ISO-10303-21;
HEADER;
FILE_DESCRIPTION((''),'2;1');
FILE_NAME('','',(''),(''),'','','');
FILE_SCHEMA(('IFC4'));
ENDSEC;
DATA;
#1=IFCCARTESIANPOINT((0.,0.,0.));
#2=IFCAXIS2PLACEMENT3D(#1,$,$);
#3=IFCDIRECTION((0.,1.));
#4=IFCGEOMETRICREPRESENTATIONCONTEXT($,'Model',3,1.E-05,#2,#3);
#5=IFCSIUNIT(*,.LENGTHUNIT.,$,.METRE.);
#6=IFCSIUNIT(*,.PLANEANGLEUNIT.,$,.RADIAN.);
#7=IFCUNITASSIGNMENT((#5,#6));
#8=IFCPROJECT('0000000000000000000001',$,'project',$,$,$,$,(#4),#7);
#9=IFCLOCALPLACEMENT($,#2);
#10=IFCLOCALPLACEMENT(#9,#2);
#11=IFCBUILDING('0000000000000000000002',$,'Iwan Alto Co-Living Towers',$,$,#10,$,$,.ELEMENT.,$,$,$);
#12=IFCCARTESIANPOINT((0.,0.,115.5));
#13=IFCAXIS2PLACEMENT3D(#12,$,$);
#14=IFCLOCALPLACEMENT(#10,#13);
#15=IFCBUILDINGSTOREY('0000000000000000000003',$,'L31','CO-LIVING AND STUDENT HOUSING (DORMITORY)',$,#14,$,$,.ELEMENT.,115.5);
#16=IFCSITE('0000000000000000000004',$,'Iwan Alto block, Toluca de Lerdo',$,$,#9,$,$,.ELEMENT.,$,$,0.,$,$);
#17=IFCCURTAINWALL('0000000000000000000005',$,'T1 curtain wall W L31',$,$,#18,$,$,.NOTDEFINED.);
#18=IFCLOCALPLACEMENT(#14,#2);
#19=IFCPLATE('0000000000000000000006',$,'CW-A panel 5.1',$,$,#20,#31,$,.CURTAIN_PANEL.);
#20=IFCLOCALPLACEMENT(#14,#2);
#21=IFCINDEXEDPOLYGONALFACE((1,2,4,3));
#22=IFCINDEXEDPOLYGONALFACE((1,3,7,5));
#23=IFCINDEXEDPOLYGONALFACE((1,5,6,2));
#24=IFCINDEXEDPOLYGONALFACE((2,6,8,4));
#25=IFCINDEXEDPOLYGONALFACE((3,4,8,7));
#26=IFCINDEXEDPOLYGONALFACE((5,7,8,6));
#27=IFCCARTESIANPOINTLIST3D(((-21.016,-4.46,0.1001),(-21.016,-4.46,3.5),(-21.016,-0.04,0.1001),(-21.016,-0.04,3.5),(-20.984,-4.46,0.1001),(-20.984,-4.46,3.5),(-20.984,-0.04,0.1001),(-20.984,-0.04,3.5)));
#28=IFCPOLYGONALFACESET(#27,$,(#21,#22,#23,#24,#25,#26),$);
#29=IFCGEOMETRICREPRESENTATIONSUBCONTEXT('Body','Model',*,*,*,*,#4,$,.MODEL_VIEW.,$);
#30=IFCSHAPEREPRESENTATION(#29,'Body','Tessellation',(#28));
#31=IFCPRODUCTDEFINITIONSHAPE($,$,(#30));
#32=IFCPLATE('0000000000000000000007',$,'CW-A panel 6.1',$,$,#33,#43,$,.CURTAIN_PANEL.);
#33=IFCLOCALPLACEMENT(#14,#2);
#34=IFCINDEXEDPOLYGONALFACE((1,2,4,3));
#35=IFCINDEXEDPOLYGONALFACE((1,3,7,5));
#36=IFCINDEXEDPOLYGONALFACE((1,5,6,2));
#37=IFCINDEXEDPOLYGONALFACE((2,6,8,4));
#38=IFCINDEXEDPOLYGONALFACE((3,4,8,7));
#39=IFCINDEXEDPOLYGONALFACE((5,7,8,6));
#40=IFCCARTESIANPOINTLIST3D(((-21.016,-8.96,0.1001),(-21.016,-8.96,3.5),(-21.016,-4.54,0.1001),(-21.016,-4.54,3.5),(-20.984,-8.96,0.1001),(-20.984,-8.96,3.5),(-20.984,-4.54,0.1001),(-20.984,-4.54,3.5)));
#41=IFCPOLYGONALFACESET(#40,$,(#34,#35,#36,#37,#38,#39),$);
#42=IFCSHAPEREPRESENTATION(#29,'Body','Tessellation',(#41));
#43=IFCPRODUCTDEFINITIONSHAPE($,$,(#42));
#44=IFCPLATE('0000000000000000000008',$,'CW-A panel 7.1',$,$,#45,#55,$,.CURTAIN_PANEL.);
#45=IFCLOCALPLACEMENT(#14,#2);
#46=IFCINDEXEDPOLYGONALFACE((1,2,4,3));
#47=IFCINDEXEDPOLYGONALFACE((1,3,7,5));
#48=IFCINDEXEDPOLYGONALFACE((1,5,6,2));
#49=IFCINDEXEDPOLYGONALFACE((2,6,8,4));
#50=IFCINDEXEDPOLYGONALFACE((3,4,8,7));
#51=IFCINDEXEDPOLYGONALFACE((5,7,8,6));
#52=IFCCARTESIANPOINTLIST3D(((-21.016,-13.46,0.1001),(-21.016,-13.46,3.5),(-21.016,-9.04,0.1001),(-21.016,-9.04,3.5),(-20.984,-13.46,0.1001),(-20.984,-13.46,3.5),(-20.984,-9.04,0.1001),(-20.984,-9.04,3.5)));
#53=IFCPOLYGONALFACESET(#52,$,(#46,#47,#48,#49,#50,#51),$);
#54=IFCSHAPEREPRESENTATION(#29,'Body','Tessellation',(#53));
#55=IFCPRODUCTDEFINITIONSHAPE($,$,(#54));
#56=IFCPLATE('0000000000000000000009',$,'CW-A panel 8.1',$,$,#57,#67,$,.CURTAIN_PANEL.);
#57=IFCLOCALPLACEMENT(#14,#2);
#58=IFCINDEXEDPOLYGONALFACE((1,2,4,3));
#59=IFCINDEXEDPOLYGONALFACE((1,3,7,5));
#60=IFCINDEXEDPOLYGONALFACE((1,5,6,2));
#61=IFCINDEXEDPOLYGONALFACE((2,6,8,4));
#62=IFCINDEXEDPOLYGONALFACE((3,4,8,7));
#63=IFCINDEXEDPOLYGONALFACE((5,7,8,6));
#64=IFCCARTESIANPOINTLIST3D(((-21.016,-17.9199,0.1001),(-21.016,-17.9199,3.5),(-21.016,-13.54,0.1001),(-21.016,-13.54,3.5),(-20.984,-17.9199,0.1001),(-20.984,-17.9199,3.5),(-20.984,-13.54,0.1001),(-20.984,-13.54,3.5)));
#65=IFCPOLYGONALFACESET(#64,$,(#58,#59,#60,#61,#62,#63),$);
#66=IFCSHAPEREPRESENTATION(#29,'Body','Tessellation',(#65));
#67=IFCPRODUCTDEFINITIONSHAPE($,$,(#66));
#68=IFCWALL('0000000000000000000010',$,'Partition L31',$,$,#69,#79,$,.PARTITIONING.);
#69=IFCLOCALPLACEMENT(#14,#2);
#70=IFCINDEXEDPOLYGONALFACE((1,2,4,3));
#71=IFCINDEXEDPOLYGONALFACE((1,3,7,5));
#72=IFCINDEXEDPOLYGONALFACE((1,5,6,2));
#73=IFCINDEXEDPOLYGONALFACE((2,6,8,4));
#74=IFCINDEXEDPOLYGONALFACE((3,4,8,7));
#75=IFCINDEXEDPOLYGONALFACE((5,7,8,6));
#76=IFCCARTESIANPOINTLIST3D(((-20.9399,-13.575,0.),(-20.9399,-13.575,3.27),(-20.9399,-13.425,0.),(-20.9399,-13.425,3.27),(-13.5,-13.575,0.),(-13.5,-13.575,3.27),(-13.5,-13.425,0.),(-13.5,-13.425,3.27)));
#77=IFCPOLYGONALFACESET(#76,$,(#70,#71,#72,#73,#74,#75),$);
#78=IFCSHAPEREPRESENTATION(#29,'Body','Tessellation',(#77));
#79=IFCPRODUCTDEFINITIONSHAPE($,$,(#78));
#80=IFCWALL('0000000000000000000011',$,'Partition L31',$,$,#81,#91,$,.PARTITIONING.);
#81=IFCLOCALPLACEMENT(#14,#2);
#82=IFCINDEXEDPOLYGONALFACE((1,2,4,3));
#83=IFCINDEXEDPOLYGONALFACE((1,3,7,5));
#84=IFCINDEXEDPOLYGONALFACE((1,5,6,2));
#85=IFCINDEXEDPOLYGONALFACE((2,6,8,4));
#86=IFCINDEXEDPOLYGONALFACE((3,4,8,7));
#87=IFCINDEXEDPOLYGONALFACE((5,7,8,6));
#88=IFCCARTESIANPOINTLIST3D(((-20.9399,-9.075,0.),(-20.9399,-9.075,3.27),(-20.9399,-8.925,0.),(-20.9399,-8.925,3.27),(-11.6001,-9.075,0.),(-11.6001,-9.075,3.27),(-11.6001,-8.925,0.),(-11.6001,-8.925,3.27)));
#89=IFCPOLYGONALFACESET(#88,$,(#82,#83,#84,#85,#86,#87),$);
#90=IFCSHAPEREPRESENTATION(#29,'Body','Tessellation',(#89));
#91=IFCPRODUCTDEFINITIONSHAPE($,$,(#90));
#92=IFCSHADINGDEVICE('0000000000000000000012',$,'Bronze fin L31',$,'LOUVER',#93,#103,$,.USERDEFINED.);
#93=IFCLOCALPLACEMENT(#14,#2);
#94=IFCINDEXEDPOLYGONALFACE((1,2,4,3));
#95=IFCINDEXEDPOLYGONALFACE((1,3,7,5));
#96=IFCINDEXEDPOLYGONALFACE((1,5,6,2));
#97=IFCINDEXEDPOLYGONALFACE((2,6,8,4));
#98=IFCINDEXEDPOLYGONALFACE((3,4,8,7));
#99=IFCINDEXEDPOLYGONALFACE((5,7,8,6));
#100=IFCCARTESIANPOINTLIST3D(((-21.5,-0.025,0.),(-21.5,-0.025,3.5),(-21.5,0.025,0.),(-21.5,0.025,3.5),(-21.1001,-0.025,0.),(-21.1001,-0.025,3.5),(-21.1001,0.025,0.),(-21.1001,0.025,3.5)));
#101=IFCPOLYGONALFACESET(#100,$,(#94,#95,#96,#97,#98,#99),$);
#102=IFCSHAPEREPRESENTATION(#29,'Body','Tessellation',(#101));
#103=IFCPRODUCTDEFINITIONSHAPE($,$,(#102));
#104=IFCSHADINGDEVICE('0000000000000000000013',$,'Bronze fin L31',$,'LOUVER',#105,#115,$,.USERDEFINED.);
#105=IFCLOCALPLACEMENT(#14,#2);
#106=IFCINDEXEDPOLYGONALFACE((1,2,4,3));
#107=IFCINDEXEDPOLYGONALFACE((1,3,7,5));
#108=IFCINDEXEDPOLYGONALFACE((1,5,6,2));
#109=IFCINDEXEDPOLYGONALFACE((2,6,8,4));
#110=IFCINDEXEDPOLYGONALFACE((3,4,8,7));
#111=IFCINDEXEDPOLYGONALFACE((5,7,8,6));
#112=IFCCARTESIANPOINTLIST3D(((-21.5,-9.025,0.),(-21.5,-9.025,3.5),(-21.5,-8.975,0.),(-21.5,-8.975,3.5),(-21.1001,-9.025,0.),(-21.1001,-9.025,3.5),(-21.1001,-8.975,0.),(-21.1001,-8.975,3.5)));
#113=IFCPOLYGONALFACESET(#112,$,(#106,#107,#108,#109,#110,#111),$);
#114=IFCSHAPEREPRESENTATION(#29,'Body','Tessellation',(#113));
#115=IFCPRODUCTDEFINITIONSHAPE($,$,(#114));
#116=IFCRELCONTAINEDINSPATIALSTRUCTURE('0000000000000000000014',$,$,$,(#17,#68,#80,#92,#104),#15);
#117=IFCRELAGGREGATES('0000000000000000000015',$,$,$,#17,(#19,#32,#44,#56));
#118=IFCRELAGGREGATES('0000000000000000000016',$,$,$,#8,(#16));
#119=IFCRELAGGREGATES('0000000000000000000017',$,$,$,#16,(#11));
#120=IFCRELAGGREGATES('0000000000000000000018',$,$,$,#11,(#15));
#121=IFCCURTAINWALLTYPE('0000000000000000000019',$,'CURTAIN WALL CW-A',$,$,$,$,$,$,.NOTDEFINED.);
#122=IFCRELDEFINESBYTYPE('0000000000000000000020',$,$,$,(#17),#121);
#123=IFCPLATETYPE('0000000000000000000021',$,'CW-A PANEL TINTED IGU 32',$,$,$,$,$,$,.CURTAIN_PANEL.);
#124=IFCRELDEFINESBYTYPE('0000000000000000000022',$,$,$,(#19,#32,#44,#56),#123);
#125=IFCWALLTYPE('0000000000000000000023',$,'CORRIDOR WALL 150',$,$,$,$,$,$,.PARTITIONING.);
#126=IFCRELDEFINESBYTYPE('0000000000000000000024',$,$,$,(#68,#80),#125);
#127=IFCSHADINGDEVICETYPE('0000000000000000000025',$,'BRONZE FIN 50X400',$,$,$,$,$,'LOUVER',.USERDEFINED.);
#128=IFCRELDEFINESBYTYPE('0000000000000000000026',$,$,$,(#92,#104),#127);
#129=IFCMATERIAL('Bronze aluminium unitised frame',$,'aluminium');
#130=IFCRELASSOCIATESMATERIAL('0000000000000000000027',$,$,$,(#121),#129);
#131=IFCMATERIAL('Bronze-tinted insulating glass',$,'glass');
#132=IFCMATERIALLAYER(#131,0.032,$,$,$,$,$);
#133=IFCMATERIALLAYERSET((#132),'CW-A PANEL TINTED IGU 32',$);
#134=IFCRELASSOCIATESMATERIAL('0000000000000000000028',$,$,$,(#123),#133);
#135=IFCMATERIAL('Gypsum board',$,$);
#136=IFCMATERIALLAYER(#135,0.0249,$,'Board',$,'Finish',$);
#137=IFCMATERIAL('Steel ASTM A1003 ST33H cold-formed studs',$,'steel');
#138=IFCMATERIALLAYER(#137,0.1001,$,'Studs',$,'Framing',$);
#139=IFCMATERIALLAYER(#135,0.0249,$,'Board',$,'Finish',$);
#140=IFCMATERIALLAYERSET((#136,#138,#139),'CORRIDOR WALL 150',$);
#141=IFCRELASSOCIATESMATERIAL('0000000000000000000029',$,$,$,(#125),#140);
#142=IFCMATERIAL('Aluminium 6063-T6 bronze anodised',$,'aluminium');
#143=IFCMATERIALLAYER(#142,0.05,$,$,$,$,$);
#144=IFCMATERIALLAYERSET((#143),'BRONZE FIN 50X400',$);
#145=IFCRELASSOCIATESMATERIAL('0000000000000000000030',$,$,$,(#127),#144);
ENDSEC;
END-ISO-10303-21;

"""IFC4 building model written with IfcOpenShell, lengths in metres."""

from ifc_helpers import new_model, si_unit, direction, frame, frame_2d, origin, origin_2d, place, context, subcontext, project, spatial, rectangle, extrude, material, layer, layer_set, type_object, element, aggregate, save


model = new_model("IFC4")

# Units and contexts
model_context = context("Model", 3, precision=1e-05, world=origin(), true_north=direction((0.0, 1.0)))
body_context = subcontext(model_context, "Body", "Model", "MODEL_VIEW")
ifc_project = project(units=[si_unit("LENGTHUNIT", "METRE"), si_unit("PLANEANGLEUNIT", "RADIAN")], contexts=[model_context])

# Site, building, storey
site_placement = place(None, origin())
site = spatial("IfcSite", under=ifc_project, at=site_placement, Name="Iwan Alto block, Toluca de Lerdo", CompositionType="ELEMENT", RefElevation=0.0)
building_placement = place(site_placement, origin())
building = spatial("IfcBuilding", under=site, at=building_placement, Name="Iwan Alto Co-Living Towers", CompositionType="ELEMENT")
storey_placement = place(building_placement, frame((0.0, 0.0, 115.5)))
storey = spatial("IfcBuildingStorey", under=building, at=storey_placement, Name="L31", Description="CO-LIVING AND STUDENT HOUSING (DORMITORY)", CompositionType="ELEMENT", Elevation=115.5)

# Curtain wall
ifc_material_1 = material(Name="Bronze aluminium unitised frame", Category="aluminium")
curtain_wall_type = type_object("IfcCurtainWallType", Name="CURTAIN WALL CW-A", PredefinedType="NOTDEFINED", material=ifc_material_1)
curtain_wall_placement = place(storey_placement, origin())
curtain_wall = element("IfcCurtainWall", 1, at=curtain_wall_placement, inside=storey, type_object=curtain_wall_type, Name="T1 curtain wall W L31", PredefinedType="NOTDEFINED")

# Plates
ifc_material_2 = material(Name="Bronze-tinted insulating glass", Category="glass")
ifc_layer_1 = layer(ifc_material_2, 0.032)
ifc_layer_set_1 = layer_set([ifc_layer_1], Name="CW-A PANEL TINTED IGU 32")
plate_type = type_object("IfcPlateType", Name="CW-A PANEL TINTED IGU 32", PredefinedType="CURTAIN_PANEL", material=ifc_layer_set_1)
plate_1_placement = place(storey_placement, frame((-21.0, -2.25, 0.1001), z_axis=(0.0, 0.0, 1.0), x_axis=(0.0, -1.0, 0.0)))
plate_1 = element("IfcPlate", 2, at=plate_1_placement, type_object=plate_type, Name="CW-A panel 5.1", PredefinedType="CURTAIN_PANEL", context=body_context, shape_type="SweptSolid", body=[
    extrude(rectangle(XDim=4.4199, YDim=0.032, at=origin_2d()), origin(), (0.0, 0.0, 1.0), 3.3999),
])
plate_2_placement = place(storey_placement, frame((-21.0, -6.75, 0.1001), z_axis=(0.0, 0.0, 1.0), x_axis=(0.0, -1.0, 0.0)))
plate_2 = element("IfcPlate", 3, at=plate_2_placement, type_object=plate_type, Name="CW-A panel 6.1", PredefinedType="CURTAIN_PANEL", context=body_context, shape_type="SweptSolid", body=[
    extrude(rectangle(XDim=4.4199, YDim=0.032, at=origin_2d()), origin(), (0.0, 0.0, 1.0), 3.3999),
])
plate_3_placement = place(storey_placement, frame((-21.0, -11.25, 0.1001), z_axis=(0.0, 0.0, 1.0), x_axis=(0.0, -1.0, 0.0)))
plate_3 = element("IfcPlate", 4, at=plate_3_placement, type_object=plate_type, Name="CW-A panel 7.1", PredefinedType="CURTAIN_PANEL", context=body_context, shape_type="SweptSolid", body=[
    extrude(rectangle(XDim=4.4199, YDim=0.032, at=origin_2d()), origin(), (0.0, 0.0, 1.0), 3.3999),
])
plate_4_placement = place(storey_placement, frame((-21.0, -15.73, 0.1001), z_axis=(0.0, 0.0, 1.0), x_axis=(0.0, -1.0, 0.0)))
plate_4 = element("IfcPlate", 5, at=plate_4_placement, type_object=plate_type, Name="CW-A panel 8.1", PredefinedType="CURTAIN_PANEL", context=body_context, shape_type="SweptSolid", body=[
    extrude(rectangle(XDim=4.3799, YDim=0.032, at=origin_2d()), origin(), (0.0, 0.0, 1.0), 3.3999),
])
aggregate(curtain_wall, [plate_1, plate_2, plate_3, plate_4])

# Walls
ifc_material_3 = material(Name="Gypsum board")
ifc_layer_2 = layer(ifc_material_3, 0.0249, Name="Board", Category="Finish")
ifc_material_4 = material(Name="Steel ASTM A1003 ST33H cold-formed studs", Category="steel")
ifc_layer_3 = layer(ifc_material_4, 0.1001, Name="Studs", Category="Framing")
ifc_layer_4 = layer(ifc_material_3, 0.0249, Name="Board", Category="Finish")
ifc_layer_set_2 = layer_set([ifc_layer_2, ifc_layer_3, ifc_layer_4], Name="CORRIDOR WALL 150")
wall_type = type_object("IfcWallType", Name="CORRIDOR WALL 150", PredefinedType="PARTITIONING", material=ifc_layer_set_2)
wall_1_placement = place(storey_placement, frame((-20.9399, -13.5, 0.0), z_axis=(0.0, 0.0, 1.0), x_axis=(1.0, 0.0, 0.0)))
element("IfcWall", 6, at=wall_1_placement, inside=storey, type_object=wall_type, Name="Partition L31", PredefinedType="PARTITIONING", context=body_context, shape_type="SweptSolid", body=[
    extrude(rectangle(XDim=7.4399, YDim=0.1499, at=frame_2d((3.72, 0.0))), origin(), (0.0, 0.0, 1.0), 3.27),
])
wall_2_placement = place(storey_placement, frame((-20.9399, -9.0, 0.0), z_axis=(0.0, 0.0, 1.0), x_axis=(1.0, 0.0, 0.0)))
element("IfcWall", 7, at=wall_2_placement, inside=storey, type_object=wall_type, Name="Partition L31", PredefinedType="PARTITIONING", context=body_context, shape_type="SweptSolid", body=[
    extrude(rectangle(XDim=9.3398, YDim=0.1499, at=frame_2d((4.6699, 0.0))), origin(), (0.0, 0.0, 1.0), 3.27),
])

# Shading devices
ifc_material_5 = material(Name="Aluminium 6063-T6 bronze anodised", Category="aluminium")
ifc_layer_5 = layer(ifc_material_5, 0.05)
ifc_layer_set_3 = layer_set([ifc_layer_5], Name="BRONZE FIN 50X400")
shading_device_type = type_object("IfcShadingDeviceType", Name="BRONZE FIN 50X400", ElementType="LOUVER", PredefinedType="USERDEFINED", material=ifc_layer_set_3)
for number, where, z_axis, x_axis, name in (
    (8, (-21.3, 0.0, 0.0), (0.0, 0.0, 1.0), (0.0, -1.0, 0.0), "Bronze fin L31"),
    (9, (-21.3, -9.0, 0.0), (0.0, 0.0, 1.0), (0.0, -1.0, 0.0), "Bronze fin L31"),
):
    element("IfcShadingDevice", number, at=place(storey_placement, frame(where, z_axis=z_axis, x_axis=x_axis)), inside=storey, type_object=shading_device_type, Name=name, ObjectType="LOUVER", PredefinedType="USERDEFINED", context=body_context, shape_type="SweptSolid", body=[
        extrude(rectangle(XDim=0.05, YDim=0.3999, at=origin_2d()), origin(), (0.0, 0.0, 1.0), 3.5),
    ])

save(model, "model.ifc")
